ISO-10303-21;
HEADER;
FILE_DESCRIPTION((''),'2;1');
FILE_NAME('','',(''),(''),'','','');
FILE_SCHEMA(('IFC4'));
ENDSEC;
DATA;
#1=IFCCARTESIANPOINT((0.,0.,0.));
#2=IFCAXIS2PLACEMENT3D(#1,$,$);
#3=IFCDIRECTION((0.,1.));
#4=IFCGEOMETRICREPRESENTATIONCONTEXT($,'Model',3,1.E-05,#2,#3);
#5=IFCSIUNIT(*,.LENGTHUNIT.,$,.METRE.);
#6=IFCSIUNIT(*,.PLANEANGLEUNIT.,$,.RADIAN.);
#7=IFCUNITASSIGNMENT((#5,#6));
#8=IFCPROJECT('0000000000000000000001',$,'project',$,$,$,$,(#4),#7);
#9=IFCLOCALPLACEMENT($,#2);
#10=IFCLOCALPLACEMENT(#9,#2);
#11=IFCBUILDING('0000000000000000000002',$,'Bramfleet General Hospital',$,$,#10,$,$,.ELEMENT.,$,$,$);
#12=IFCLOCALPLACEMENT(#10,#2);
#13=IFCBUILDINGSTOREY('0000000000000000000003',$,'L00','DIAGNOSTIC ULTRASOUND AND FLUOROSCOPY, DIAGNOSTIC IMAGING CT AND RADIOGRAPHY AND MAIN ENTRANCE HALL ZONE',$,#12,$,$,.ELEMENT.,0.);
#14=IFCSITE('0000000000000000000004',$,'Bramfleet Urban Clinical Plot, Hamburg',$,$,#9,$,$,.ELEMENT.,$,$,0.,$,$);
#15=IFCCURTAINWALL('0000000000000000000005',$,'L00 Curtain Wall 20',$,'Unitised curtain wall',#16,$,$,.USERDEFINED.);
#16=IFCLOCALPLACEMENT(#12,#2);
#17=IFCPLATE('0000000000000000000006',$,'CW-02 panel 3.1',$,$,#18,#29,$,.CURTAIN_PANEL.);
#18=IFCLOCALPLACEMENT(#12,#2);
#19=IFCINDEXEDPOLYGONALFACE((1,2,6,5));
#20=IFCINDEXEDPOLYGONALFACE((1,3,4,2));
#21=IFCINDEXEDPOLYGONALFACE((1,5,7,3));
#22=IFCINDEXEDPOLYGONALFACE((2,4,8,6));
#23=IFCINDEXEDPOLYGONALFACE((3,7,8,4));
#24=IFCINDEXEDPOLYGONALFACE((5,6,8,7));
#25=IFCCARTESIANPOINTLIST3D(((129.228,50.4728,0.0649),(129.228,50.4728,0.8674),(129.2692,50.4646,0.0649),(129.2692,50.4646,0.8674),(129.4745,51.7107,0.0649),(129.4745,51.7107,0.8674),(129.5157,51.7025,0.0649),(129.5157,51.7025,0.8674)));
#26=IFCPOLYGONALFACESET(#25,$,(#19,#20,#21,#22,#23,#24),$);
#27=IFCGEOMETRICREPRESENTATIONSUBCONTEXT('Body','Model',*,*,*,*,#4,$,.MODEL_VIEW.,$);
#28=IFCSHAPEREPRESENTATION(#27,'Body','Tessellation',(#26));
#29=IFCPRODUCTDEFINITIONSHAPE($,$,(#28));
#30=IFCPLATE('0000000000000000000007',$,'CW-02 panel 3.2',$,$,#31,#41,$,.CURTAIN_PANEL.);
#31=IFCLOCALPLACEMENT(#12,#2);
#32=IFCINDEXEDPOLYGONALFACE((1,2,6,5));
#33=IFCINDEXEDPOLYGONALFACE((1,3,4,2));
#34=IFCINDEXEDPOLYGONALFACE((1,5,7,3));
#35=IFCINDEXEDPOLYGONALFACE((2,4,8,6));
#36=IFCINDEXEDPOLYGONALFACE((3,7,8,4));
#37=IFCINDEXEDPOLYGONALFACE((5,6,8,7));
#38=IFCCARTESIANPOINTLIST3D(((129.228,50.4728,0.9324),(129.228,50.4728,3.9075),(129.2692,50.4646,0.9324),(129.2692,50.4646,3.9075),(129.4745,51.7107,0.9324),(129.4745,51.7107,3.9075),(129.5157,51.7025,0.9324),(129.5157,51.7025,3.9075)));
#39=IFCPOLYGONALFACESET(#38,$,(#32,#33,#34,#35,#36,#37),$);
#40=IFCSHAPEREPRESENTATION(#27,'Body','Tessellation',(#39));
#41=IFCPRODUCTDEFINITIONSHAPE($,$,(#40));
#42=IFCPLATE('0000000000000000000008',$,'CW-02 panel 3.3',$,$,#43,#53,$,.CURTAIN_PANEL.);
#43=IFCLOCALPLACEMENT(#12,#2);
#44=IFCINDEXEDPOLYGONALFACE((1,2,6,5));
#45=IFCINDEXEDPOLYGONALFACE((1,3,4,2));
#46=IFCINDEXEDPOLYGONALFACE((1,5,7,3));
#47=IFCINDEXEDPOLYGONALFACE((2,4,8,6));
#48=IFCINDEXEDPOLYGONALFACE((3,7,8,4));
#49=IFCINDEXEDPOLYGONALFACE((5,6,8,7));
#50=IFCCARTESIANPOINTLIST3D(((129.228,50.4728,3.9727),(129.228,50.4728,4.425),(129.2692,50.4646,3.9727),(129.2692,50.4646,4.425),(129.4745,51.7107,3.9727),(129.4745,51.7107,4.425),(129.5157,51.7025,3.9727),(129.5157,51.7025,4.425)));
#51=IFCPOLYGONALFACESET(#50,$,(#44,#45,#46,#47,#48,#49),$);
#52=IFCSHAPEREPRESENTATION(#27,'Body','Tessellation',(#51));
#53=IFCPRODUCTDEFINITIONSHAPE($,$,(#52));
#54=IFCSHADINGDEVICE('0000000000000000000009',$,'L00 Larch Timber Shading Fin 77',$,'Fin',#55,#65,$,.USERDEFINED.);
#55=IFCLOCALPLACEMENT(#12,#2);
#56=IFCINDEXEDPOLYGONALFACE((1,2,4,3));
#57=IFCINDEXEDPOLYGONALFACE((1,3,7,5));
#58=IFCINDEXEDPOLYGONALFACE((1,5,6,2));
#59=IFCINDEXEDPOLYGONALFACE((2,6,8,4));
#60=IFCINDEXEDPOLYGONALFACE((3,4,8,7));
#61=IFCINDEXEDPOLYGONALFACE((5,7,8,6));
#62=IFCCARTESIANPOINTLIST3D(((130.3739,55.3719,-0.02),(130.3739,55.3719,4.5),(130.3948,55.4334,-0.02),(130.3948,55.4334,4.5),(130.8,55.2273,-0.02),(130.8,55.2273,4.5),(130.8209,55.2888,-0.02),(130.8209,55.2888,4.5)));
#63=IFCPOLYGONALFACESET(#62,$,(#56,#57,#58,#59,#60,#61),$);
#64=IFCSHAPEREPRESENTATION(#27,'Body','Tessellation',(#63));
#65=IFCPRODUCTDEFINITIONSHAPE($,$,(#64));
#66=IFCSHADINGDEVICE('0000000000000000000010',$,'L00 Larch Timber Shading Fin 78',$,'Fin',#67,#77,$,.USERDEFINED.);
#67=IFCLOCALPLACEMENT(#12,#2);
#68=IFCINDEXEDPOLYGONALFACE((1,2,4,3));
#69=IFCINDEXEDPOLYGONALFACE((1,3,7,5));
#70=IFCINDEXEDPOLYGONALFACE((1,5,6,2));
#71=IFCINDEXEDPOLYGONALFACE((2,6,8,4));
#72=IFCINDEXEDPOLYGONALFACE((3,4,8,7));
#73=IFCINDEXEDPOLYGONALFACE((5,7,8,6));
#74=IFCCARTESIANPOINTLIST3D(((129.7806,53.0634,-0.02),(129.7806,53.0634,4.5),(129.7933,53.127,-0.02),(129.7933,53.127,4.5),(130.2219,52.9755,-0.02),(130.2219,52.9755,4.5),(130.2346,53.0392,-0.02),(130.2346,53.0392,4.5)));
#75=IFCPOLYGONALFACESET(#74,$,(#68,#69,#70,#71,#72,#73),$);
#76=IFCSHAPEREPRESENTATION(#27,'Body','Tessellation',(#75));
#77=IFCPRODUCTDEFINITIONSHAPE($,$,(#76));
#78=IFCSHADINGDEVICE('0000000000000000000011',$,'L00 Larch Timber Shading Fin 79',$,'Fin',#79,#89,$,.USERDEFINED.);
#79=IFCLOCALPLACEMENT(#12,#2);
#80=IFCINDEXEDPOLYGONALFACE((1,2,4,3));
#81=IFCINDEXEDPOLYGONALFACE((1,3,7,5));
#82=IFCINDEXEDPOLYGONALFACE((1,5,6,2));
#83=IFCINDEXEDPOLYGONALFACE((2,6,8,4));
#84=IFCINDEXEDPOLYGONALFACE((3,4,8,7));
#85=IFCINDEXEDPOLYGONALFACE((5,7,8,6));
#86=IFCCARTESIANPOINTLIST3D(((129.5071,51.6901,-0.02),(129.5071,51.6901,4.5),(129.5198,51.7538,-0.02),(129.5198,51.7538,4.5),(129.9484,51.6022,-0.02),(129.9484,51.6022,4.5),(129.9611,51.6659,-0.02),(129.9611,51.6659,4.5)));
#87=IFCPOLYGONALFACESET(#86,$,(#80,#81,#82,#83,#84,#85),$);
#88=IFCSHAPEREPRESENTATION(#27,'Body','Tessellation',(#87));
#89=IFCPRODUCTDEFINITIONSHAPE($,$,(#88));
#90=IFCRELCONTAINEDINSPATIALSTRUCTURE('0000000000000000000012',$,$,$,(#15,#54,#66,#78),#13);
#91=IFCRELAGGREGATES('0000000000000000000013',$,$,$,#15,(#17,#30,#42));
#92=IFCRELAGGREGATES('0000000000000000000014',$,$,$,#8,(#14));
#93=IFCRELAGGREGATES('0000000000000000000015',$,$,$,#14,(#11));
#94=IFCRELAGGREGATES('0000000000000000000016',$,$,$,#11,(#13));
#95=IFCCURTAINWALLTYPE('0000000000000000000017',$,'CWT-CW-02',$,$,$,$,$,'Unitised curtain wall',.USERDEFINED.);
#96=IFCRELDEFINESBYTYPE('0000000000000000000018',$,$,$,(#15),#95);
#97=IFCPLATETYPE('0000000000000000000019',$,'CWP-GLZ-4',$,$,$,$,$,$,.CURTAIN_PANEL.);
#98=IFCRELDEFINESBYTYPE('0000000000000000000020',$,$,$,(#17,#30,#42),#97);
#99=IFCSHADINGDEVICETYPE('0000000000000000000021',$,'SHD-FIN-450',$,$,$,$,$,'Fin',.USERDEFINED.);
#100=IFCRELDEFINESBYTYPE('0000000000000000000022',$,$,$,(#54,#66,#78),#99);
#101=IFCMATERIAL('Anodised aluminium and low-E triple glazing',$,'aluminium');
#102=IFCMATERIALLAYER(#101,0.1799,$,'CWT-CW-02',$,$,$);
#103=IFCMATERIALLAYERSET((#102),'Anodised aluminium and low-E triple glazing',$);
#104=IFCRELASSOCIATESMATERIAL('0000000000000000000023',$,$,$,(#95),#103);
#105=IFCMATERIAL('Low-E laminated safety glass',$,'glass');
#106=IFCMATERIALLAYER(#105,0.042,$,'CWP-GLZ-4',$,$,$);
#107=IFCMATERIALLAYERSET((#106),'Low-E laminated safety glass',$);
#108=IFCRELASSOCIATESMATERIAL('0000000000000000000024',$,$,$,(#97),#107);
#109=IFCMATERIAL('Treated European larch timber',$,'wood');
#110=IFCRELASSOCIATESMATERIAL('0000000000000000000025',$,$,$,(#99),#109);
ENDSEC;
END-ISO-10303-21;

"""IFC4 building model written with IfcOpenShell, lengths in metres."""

from ifc_helpers import new_model, si_unit, direction, frame, origin, origin_2d, place, context, subcontext, project, spatial, rectangle, extrude, material, layer, layer_set, material_profile, profile_set, type_object, element, aggregate, save


model = new_model("IFC4")

# Units and contexts
model_context = context("Model", 3, precision=1e-05, world=origin(), true_north=direction((0.0, 1.0)))
body_context = subcontext(model_context, "Body", "Model", "MODEL_VIEW")
ifc_project = project(units=[si_unit("LENGTHUNIT", "METRE"), si_unit("PLANEANGLEUNIT", "RADIAN")], contexts=[model_context])

# Site, building, storey
site_placement = place(None, origin())
site = spatial("IfcSite", under=ifc_project, at=site_placement, Name="Bramfleet Urban Clinical Plot, Hamburg", CompositionType="ELEMENT", RefElevation=0.0)
building_placement = place(site_placement, origin())
building = spatial("IfcBuilding", under=site, at=building_placement, Name="Bramfleet General Hospital", CompositionType="ELEMENT")
storey_placement = place(building_placement, origin())
storey = spatial("IfcBuildingStorey", under=building, at=storey_placement, Name="L00", Description="DIAGNOSTIC ULTRASOUND AND FLUOROSCOPY, DIAGNOSTIC IMAGING CT AND RADIOGRAPHY AND MAIN ENTRANCE HALL ZONE", CompositionType="ELEMENT", Elevation=0.0)

# Shared definitions
ifc_material_1 = material(Name="Anodised aluminium and low-E triple glazing", Category="aluminium")

# Curtain wall
ifc_layer_1 = layer(ifc_material_1, 0.1799, Name="CWT-CW-02")
ifc_layer_set_1 = layer_set([ifc_layer_1], Name="Anodised aluminium and low-E triple glazing")
curtain_wall_type_1 = type_object("IfcCurtainWallType", Name="CWT-CW-02", ElementType="Unitised curtain wall", PredefinedType="USERDEFINED", material=ifc_layer_set_1)
curtain_wall_1_placement = place(storey_placement, origin())
curtain_wall_1 = element("IfcCurtainWall", 1, at=curtain_wall_1_placement, inside=storey, type_object=curtain_wall_type_1, Name="L00 Curtain Wall 20", ObjectType="Unitised curtain wall", PredefinedType="USERDEFINED")

# Plates
ifc_material_2 = material(Name="Low-E laminated safety glass", Category="glass")
ifc_layer_2 = layer(ifc_material_2, 0.042, Name="CWP-GLZ-4")
ifc_layer_set_2 = layer_set([ifc_layer_2], Name="Low-E laminated safety glass")
plate_type_1 = type_object("IfcPlateType", Name="CWP-GLZ-4", PredefinedType="CURTAIN_PANEL", material=ifc_layer_set_2)
plate_1_placement = place(storey_placement, frame((129.3718, 51.0876, 0.0649), z_axis=(0.0, 0.0, 1.0), x_axis=(-0.195272, -0.980749, 0.0)))
plate_1 = element("IfcPlate", 2, at=plate_1_placement, type_object=plate_type_1, Name="CW-02 panel 3.1", PredefinedType="CURTAIN_PANEL", context=body_context, shape_type="SweptSolid", body=[
    extrude(rectangle(XDim=1.2622, YDim=0.042, at=origin_2d()), origin(), (0.0, 0.0, 1.0), 0.8025),
])
plate_2_placement = place(storey_placement, frame((129.3718, 51.0876, 0.9324), z_axis=(0.0, 0.0, 1.0), x_axis=(-0.195272, -0.980749, 0.0)))
plate_2 = element("IfcPlate", 3, at=plate_2_placement, type_object=plate_type_1, Name="CW-02 panel 3.2", PredefinedType="CURTAIN_PANEL", context=body_context, shape_type="SweptSolid", body=[
    extrude(rectangle(XDim=1.2622, YDim=0.042, at=origin_2d()), origin(), (0.0, 0.0, 1.0), 2.9751),
])
plate_3_placement = place(storey_placement, frame((129.3718, 51.0876, 3.9727), z_axis=(0.0, 0.0, 1.0), x_axis=(-0.195272, -0.980749, 0.0)))
plate_3 = element("IfcPlate", 4, at=plate_3_placement, type_object=plate_type_1, Name="CW-02 panel 3.3", PredefinedType="CURTAIN_PANEL", context=body_context, shape_type="SweptSolid", body=[
    extrude(rectangle(XDim=1.2622, YDim=0.042, at=origin_2d()), origin(), (0.0, 0.0, 1.0), 0.4524),
])
aggregate(curtain_wall_1, [plate_1, plate_2, plate_3])

# Shading devices
ifc_material_3 = material(Name="Treated European larch timber", Category="wood")
ifc_material_profile_1 = material_profile(ifc_material_3, rectangle(XDim=0.0649, YDim=0.45, at=origin_2d()), Name="LARCH FIN 450x65")
ifc_profile_set_1 = profile_set([ifc_material_profile_1], Name="Treated European larch timber")
shading_device_type = type_object("IfcShadingDeviceType", Name="SHD-FIN-450", ElementType="Fin", PredefinedType="USERDEFINED", material=ifc_profile_set_1)
for number, where, z_axis, x_axis, name in (
    (5, (130.5974, 55.3303, -0.02), (0.0, 0.0, 1.0), (-0.321383, -0.946949, 0.0), "L00 Larch Timber Shading Fin 77"),
    (6, (130.0076, 53.0513, -0.02), (0.0, 0.0, 1.0), (-0.195272, -0.980749, 0.0), "L00 Larch Timber Shading Fin 78"),
    (7, (129.7341, 51.678, -0.02), (0.0, 0.0, 1.0), (-0.195272, -0.980749, 0.0), "L00 Larch Timber Shading Fin 79"),
):
    element("IfcShadingDevice", number, at=place(storey_placement, frame(where, z_axis=z_axis, x_axis=x_axis)), inside=storey, type_object=shading_device_type, Name=name, ObjectType="Fin", PredefinedType="USERDEFINED", context=body_context, shape_type="SweptSolid", body=[
        extrude(rectangle(XDim=0.0649, YDim=0.45, at=origin_2d()), origin(), (0.0, 0.0, 1.0), 4.52),
    ])

save(model, "model.ifc")
